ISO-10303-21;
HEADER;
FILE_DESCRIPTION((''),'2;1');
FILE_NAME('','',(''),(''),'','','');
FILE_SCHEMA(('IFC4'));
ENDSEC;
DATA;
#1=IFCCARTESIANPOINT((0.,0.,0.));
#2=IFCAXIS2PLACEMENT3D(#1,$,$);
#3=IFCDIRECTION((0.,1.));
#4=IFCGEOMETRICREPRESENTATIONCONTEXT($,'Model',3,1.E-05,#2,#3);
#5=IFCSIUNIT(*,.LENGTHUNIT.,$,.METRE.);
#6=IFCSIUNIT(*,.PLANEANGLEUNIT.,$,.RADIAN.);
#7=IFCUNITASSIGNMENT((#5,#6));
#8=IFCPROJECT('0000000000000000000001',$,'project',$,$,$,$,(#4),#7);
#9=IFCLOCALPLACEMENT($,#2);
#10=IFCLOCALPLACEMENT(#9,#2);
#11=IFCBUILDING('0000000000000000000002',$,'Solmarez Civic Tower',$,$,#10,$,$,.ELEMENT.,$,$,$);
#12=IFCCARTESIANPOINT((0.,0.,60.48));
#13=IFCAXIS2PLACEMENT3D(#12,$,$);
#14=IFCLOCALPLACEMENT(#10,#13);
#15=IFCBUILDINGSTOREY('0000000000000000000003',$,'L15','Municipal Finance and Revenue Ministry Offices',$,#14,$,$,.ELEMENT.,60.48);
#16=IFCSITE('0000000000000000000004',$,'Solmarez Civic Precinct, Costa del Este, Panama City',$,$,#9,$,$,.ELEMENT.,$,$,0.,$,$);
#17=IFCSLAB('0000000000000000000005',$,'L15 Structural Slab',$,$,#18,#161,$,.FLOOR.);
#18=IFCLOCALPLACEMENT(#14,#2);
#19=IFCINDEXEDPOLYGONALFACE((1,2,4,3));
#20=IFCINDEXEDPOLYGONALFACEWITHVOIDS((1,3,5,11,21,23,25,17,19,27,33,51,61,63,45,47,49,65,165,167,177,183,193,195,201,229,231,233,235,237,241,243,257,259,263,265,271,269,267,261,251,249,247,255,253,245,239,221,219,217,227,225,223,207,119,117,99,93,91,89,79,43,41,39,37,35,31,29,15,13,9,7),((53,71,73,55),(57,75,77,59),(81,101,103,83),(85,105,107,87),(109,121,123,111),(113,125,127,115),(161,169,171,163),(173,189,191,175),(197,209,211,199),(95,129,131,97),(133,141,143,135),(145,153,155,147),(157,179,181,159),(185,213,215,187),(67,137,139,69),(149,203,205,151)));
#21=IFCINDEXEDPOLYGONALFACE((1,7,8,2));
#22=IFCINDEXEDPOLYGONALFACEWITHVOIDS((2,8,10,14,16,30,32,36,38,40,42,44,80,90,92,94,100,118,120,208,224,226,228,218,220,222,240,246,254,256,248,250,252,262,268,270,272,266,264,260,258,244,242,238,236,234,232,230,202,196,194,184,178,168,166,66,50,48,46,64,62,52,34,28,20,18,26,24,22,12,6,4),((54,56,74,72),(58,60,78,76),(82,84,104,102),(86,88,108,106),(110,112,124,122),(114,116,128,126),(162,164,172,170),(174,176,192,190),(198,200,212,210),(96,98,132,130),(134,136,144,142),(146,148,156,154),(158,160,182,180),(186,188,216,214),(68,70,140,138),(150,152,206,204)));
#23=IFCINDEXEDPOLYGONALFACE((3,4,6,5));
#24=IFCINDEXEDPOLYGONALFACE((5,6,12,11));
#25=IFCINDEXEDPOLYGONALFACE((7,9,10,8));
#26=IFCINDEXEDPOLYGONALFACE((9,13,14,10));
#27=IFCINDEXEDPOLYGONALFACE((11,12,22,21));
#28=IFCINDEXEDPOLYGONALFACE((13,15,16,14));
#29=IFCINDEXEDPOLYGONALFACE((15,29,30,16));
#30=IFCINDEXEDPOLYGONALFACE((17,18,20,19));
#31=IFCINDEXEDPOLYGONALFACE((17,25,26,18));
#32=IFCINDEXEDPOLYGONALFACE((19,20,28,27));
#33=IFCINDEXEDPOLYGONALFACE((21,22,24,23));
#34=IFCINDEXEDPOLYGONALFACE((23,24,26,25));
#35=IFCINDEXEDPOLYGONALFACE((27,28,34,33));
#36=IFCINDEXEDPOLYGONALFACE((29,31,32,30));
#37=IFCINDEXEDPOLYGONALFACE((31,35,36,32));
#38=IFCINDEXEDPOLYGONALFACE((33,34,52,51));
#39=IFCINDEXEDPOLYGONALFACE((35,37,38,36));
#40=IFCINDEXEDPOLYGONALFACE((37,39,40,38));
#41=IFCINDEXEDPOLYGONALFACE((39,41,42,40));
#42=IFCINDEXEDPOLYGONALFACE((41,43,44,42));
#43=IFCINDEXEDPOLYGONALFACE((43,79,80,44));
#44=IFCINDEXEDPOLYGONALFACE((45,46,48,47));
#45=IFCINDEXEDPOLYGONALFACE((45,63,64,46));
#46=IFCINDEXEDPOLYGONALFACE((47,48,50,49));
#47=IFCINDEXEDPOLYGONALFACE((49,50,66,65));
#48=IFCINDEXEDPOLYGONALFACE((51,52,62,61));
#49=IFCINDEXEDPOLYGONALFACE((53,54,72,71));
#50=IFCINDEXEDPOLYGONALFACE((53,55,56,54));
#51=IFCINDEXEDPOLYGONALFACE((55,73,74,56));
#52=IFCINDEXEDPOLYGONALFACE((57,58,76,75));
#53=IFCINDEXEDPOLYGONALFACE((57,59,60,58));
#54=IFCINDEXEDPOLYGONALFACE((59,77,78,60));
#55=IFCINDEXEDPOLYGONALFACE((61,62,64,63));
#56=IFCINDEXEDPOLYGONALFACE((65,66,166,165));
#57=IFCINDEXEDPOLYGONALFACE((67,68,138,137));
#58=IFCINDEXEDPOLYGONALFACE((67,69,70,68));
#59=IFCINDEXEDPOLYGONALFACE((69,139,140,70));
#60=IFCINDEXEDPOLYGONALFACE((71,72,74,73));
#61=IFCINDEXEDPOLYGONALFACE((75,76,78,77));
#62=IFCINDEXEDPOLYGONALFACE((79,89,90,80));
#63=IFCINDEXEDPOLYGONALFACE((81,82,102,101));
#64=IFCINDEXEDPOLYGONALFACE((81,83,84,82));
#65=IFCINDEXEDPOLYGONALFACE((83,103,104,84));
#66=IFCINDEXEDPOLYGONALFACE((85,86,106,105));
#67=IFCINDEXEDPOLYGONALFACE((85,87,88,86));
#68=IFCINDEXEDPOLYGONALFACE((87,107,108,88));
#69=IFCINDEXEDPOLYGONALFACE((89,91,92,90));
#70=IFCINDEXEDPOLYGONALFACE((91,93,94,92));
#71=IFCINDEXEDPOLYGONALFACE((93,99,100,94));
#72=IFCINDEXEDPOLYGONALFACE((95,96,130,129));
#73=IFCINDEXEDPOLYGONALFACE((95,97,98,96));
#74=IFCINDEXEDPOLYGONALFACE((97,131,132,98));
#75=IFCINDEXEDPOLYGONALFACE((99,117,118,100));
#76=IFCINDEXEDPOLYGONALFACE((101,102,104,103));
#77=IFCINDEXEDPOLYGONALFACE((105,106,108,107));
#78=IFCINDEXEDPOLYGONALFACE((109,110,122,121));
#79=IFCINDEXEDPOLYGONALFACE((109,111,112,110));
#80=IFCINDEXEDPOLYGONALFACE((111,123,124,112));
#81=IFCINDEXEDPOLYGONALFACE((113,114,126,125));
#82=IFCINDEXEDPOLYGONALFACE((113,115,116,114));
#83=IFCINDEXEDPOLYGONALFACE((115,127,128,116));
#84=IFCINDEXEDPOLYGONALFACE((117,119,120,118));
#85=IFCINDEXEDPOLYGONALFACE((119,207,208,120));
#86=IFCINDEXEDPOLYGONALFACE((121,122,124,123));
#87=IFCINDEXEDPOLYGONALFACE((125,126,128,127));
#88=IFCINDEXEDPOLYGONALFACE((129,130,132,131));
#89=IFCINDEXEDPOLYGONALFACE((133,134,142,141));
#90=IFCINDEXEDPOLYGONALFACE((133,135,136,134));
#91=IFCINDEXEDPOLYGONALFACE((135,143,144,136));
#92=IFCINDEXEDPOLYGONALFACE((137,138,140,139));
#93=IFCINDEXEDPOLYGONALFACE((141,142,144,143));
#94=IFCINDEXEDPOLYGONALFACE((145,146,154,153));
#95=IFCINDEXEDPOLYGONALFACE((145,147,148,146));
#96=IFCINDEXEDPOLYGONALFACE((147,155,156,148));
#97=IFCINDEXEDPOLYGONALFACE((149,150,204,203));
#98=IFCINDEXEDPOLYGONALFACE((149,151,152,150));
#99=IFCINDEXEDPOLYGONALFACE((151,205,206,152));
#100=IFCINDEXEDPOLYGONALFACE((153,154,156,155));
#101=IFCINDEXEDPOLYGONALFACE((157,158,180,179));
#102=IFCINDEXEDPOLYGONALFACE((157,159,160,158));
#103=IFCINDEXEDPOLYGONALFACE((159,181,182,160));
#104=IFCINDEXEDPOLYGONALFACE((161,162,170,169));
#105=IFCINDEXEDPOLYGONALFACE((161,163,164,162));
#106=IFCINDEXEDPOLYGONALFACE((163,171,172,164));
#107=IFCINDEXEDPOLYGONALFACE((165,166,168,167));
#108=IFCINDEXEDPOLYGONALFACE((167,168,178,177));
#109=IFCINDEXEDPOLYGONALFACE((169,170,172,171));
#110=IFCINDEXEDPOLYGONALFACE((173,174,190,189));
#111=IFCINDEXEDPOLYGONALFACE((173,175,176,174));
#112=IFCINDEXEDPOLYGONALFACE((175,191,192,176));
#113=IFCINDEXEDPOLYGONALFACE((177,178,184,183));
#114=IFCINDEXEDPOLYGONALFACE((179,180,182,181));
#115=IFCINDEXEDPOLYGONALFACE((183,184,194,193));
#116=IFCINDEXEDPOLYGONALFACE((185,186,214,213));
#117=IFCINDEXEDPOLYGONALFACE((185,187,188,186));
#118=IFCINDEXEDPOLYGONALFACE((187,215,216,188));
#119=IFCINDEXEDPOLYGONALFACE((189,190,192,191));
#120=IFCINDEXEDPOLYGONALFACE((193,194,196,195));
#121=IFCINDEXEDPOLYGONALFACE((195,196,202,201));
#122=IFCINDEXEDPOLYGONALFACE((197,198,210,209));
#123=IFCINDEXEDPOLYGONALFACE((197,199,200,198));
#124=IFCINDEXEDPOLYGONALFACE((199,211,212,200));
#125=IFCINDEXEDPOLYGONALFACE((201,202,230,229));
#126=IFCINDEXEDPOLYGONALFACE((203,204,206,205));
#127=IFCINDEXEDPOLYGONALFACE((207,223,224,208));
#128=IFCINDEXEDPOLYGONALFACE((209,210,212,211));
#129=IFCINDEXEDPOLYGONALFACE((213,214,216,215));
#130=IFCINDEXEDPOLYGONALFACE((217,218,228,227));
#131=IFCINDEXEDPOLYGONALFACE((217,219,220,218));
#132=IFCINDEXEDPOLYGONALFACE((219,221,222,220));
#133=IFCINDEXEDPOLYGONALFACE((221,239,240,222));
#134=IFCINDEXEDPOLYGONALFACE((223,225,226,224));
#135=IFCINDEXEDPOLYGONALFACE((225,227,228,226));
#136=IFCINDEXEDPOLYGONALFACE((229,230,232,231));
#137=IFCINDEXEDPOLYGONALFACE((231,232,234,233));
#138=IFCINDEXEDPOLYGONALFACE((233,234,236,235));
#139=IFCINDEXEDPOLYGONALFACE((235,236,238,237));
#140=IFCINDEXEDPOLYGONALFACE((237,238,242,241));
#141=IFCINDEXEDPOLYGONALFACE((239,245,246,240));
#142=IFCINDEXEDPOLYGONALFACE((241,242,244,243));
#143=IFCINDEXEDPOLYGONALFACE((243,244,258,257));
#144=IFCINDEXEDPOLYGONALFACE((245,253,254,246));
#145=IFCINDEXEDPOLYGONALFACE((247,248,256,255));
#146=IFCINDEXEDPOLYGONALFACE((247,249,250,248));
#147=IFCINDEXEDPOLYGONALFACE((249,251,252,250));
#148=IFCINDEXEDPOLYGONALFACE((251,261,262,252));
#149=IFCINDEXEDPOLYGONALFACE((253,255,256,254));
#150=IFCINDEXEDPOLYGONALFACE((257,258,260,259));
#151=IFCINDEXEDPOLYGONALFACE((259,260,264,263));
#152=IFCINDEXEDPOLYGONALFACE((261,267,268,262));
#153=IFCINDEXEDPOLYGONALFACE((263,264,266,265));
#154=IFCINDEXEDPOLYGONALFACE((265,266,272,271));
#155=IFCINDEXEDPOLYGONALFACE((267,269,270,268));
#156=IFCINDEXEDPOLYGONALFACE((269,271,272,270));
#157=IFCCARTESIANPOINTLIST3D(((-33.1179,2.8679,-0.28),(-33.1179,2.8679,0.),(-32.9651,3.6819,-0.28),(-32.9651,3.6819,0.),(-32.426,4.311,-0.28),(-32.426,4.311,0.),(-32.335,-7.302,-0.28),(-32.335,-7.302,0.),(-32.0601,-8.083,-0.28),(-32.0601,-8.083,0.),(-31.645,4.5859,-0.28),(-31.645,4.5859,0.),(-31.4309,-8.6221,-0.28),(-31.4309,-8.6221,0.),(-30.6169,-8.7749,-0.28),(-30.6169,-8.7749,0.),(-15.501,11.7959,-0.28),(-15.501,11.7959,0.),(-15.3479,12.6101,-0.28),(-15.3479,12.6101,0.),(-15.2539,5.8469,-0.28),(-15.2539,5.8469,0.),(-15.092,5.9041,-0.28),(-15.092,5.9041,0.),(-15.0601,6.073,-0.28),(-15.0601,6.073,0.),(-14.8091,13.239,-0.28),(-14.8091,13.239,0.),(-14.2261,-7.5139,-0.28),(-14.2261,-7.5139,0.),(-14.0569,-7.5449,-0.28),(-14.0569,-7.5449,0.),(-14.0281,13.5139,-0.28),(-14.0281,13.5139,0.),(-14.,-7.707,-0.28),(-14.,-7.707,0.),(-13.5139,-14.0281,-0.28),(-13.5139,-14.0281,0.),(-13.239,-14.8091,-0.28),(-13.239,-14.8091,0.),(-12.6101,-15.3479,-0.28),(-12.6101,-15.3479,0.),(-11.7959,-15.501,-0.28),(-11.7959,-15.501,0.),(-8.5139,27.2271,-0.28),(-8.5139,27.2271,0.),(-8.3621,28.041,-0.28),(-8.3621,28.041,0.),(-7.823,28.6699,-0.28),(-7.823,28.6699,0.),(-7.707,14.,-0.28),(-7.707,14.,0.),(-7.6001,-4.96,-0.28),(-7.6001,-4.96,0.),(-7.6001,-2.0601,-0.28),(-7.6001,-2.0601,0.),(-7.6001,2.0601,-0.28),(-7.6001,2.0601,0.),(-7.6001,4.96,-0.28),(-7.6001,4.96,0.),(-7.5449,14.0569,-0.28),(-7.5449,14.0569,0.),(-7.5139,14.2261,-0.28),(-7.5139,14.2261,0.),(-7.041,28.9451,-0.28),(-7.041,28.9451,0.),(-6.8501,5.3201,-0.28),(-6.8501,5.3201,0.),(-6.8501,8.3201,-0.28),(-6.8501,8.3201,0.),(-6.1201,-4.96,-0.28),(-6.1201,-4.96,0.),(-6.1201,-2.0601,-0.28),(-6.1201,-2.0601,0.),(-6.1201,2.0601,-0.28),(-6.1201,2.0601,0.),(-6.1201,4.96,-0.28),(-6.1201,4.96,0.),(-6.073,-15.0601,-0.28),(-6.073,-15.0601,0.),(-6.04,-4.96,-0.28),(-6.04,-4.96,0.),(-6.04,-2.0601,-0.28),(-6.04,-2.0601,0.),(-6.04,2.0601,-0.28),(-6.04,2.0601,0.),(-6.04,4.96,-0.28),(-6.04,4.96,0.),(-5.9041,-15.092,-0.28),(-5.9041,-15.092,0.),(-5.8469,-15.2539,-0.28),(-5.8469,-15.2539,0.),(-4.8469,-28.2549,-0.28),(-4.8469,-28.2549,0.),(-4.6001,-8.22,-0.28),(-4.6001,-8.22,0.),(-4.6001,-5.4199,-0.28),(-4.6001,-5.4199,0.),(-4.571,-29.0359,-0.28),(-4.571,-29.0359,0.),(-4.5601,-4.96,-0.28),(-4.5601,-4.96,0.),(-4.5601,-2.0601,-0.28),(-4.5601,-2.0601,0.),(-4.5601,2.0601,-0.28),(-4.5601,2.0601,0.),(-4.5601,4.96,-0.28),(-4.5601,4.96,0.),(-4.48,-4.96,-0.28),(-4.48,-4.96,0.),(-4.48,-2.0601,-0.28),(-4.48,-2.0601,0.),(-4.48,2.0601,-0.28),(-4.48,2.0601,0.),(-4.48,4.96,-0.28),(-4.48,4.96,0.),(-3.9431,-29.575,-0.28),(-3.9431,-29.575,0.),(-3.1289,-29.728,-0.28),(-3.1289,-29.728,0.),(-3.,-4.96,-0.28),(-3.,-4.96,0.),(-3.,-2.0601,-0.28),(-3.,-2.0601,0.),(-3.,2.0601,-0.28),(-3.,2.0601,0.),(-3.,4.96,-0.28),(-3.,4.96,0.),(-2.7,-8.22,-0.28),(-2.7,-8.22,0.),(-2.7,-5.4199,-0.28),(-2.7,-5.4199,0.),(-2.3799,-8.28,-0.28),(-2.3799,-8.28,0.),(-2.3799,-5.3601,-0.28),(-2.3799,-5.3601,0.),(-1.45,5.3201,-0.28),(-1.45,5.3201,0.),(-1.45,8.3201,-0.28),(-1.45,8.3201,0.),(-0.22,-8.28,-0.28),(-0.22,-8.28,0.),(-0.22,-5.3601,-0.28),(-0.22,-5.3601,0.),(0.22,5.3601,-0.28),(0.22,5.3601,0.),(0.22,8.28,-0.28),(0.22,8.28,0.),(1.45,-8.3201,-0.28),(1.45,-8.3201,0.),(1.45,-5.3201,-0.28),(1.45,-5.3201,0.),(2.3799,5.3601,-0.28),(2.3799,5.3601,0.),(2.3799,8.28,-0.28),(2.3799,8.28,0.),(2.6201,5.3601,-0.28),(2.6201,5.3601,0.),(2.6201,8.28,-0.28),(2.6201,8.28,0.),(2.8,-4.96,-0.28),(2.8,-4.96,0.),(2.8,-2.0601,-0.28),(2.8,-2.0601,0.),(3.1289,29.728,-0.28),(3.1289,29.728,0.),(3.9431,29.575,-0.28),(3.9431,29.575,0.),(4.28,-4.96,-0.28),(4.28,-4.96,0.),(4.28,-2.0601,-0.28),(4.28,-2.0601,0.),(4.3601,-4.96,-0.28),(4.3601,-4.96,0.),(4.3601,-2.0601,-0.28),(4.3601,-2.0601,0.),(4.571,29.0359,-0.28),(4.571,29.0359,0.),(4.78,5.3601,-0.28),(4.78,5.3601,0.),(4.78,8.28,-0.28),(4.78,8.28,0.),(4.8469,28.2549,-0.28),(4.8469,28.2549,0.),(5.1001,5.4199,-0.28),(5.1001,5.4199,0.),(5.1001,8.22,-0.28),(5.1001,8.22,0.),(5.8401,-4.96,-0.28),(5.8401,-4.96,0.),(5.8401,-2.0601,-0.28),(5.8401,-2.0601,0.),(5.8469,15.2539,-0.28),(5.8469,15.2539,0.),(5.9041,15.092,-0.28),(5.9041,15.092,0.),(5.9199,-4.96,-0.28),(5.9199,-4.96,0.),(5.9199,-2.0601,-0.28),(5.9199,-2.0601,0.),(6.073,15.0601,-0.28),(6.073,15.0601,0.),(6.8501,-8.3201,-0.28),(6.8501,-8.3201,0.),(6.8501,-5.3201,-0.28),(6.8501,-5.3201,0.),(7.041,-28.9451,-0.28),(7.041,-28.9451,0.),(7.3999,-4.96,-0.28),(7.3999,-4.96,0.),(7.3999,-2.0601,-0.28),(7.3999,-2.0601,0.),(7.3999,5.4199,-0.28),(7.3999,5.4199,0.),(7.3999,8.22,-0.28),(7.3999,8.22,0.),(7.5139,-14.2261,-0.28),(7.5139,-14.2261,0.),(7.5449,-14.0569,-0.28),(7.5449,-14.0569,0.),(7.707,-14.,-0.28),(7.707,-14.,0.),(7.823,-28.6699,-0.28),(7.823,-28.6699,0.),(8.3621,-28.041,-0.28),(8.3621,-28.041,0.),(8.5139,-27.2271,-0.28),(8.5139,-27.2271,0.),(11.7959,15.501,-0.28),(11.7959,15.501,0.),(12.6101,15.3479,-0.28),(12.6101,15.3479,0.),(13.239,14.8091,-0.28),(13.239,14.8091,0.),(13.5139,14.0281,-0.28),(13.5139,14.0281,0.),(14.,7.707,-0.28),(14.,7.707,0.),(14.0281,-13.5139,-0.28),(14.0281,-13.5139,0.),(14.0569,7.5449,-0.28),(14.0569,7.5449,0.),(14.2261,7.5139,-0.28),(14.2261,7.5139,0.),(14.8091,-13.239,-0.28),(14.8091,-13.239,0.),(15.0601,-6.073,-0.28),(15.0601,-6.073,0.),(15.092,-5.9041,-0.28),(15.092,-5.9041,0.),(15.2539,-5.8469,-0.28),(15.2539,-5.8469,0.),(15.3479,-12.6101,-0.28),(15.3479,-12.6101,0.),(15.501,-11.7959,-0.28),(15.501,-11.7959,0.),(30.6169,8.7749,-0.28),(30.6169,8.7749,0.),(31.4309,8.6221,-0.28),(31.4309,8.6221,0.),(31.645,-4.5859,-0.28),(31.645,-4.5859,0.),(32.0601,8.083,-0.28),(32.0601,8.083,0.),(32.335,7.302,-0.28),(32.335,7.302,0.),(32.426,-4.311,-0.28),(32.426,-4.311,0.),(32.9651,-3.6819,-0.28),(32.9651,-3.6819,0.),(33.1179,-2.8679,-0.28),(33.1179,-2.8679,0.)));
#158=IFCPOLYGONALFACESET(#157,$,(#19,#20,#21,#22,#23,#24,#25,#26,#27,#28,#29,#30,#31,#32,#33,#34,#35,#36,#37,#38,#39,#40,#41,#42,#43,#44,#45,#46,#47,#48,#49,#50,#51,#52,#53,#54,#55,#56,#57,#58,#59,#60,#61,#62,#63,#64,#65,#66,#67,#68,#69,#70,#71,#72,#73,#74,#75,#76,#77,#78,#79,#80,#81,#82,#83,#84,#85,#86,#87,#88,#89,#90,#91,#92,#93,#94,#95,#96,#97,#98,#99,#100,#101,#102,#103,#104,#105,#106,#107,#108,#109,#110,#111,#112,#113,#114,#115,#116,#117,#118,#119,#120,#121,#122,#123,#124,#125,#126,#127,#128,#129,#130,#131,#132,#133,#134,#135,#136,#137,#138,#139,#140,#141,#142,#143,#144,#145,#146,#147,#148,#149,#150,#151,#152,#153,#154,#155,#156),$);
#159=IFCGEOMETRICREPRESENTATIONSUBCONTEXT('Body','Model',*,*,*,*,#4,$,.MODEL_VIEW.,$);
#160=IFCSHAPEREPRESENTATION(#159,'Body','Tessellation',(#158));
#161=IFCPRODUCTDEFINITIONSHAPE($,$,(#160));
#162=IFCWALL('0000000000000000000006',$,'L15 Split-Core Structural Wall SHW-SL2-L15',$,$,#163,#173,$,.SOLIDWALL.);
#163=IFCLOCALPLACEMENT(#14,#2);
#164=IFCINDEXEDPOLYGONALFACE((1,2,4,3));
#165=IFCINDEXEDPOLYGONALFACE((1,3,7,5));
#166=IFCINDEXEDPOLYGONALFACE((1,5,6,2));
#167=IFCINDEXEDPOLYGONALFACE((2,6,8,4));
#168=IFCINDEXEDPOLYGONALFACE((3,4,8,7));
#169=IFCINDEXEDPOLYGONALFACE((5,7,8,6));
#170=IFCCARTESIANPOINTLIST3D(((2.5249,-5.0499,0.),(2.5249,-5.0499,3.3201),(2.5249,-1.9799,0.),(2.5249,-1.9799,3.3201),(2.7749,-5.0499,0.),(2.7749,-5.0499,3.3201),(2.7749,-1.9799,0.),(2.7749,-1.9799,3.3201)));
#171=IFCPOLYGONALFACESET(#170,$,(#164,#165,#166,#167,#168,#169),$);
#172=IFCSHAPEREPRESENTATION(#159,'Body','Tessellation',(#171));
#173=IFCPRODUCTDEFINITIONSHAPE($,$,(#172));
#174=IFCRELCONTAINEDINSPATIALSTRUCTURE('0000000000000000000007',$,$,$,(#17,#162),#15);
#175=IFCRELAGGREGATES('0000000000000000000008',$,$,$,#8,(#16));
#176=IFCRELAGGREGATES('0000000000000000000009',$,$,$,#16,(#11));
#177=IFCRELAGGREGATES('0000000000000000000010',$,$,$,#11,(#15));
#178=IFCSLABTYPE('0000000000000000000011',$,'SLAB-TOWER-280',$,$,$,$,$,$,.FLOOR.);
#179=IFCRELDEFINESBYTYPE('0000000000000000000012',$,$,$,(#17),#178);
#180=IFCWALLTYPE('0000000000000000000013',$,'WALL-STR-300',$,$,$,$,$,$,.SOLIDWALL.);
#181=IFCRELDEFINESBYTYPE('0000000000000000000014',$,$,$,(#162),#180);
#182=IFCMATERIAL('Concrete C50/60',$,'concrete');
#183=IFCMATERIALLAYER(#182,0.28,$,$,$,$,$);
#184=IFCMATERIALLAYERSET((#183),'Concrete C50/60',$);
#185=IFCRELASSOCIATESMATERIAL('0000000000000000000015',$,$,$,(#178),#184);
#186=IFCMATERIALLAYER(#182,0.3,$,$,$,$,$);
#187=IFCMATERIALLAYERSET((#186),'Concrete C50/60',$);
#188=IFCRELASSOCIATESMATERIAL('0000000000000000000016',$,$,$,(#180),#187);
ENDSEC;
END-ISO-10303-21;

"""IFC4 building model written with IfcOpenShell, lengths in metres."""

from ifc_helpers import new_model, si_unit, direction, frame, frame_2d, origin, place, context, subcontext, project, spatial, polyline, rectangle, outline, extrude, material, layer, layer_set, type_object, element, save


model = new_model("IFC4")

# Units and contexts
model_context = context("Model", 3, precision=1e-05, world=origin(), true_north=direction((0.0, 1.0)))
body_context = subcontext(model_context, "Body", "Model", "MODEL_VIEW")
ifc_project = project(units=[si_unit("LENGTHUNIT", "METRE"), si_unit("PLANEANGLEUNIT", "RADIAN")], contexts=[model_context])

# Site, building, storey
site_placement = place(None, origin())
site = spatial("IfcSite", under=ifc_project, at=site_placement, Name="Solmarez Civic Precinct, Costa del Este, Panama City", CompositionType="ELEMENT", RefElevation=0.0)
building_placement = place(site_placement, origin())
building = spatial("IfcBuilding", under=site, at=building_placement, Name="Solmarez Civic Tower", CompositionType="ELEMENT")
storey_placement = place(building_placement, frame((0.0, 0.0, 60.48)))
storey = spatial("IfcBuildingStorey", under=building, at=storey_placement, Name="L15", Description="Municipal Finance and Revenue Ministry Offices", CompositionType="ELEMENT", Elevation=60.48)

# Shared definitions
ifc_material_1 = material(Name="Concrete C50/60", Category="concrete")

# Slab
ifc_layer_1 = layer(ifc_material_1, 0.28)
ifc_layer_set_1 = layer_set([ifc_layer_1], Name="Concrete C50/60")
slab_type_1 = type_object("IfcSlabType", Name="SLAB-TOWER-280", PredefinedType="FLOOR", material=ifc_layer_set_1)
slab_1_placement = place(storey_placement, frame((0.0, 0.0, -0.28)))
element("IfcSlab", 1, at=slab_1_placement, inside=storey, type_object=slab_type_1, Name="L15 Structural Slab", PredefinedType="FLOOR", context=body_context, shape_type="SweptSolid", body=[
    extrude(outline(polyline([(-14.0, -7.707), (-13.5139, -14.0281), (-13.239, -14.8091), (-12.6101, -15.3479), (-11.7959, -15.501), (-6.073, -15.0601), (-5.9041, -15.092), (-5.8469, -15.2539), (-4.8469, -28.2549), (-4.571, -29.0359), (-3.9431, -29.575), (-3.1289, -29.728), (7.041, -28.9451), (7.823, -28.6699), (8.3621, -28.041), (8.5139, -27.2271), (7.5139, -14.2261), (7.5449, -14.0569), (7.707, -14.0), (14.0281, -13.5139), (14.8091, -13.239), (15.3479, -12.6101), (15.501, -11.7959), (15.0601, -6.073), (15.092, -5.9041), (15.2539, -5.8469), (31.645, -4.5859), (32.426, -4.311), (32.9651, -3.6819), (33.1179, -2.8679), (32.335, 7.302), (32.0601, 8.083), (31.4309, 8.6221), (30.6169, 8.7749), (14.2261, 7.5139), (14.0569, 7.5449), (14.0, 7.707), (13.5139, 14.0281), (13.239, 14.8091), (12.6101, 15.3479), (11.7959, 15.501), (6.073, 15.0601), (5.9041, 15.092), (5.8469, 15.2539), (4.8469, 28.2549), (4.571, 29.0359), (3.9431, 29.575), (3.1289, 29.728), (-7.041, 28.9451), (-7.823, 28.6699), (-8.3621, 28.041), (-8.5139, 27.2271), (-7.5139, 14.2261), (-7.5449, 14.0569), (-7.707, 14.0), (-14.0281, 13.5139), (-14.8091, 13.239), (-15.3479, 12.6101), (-15.501, 11.7959), (-15.0601, 6.073), (-15.092, 5.9041), (-15.2539, 5.8469), (-31.645, 4.5859), (-32.426, 4.311), (-32.9651, 3.6819), (-33.1179, 2.8679), (-32.335, -7.302), (-32.0601, -8.083), (-31.4309, -8.6221), (-30.6169, -8.7749), (-14.2261, -7.5139), (-14.0569, -7.5449), (-14.0, -7.707)]), holes=[polyline([(-1.45, 8.3201), (-6.8501, 8.3201), (-6.8501, 5.3201), (-1.45, 5.3201), (-1.45, 8.3201)]), polyline([(1.45, -8.3201), (6.8501, -8.3201), (6.8501, -5.3201), (1.45, -5.3201), (1.45, -8.3201)]), polyline([(0.22, 5.3601), (2.3799, 5.3601), (2.3799, 8.28), (0.22, 8.28), (0.22, 5.3601)]), polyline([(2.6201, 5.3601), (4.78, 5.3601), (4.78, 8.28), (2.6201, 8.28), (2.6201, 5.3601)]), polyline([(-2.3799, -8.28), (-0.22, -8.28), (-0.22, -5.3601), (-2.3799, -5.3601), (-2.3799, -8.28)]), polyline([(2.8, -4.96), (4.28, -4.96), (4.28, -2.0601), (2.8, -2.0601), (2.8, -4.96)]), polyline([(4.3601, -4.96), (5.8401, -4.96), (5.8401, -2.0601), (4.3601, -2.0601), (4.3601, -4.96)]), polyline([(5.9199, -4.96), (7.3999, -4.96), (7.3999, -2.0601), (5.9199, -2.0601), (5.9199, -4.96)]), polyline([(-7.6001, -4.96), (-6.1201, -4.96), (-6.1201, -2.0601), (-7.6001, -2.0601), (-7.6001, -4.96)]), polyline([(-6.04, -4.96), (-4.5601, -4.96), (-4.5601, -2.0601), (-6.04, -2.0601), (-6.04, -4.96)]), polyline([(-4.48, -4.96), (-3.0, -4.96), (-3.0, -2.0601), (-4.48, -2.0601), (-4.48, -4.96)]), polyline([(-7.6001, 2.0601), (-6.1201, 2.0601), (-6.1201, 4.96), (-7.6001, 4.96), (-7.6001, 2.0601)]), polyline([(-6.04, 2.0601), (-4.5601, 2.0601), (-4.5601, 4.96), (-6.04, 4.96), (-6.04, 2.0601)]), polyline([(-4.48, 2.0601), (-3.0, 2.0601), (-3.0, 4.96), (-4.48, 4.96), (-4.48, 2.0601)]), polyline([(5.1001, 5.4199), (7.3999, 5.4199), (7.3999, 8.22), (5.1001, 8.22), (5.1001, 5.4199)]), polyline([(-4.6001, -8.22), (-2.7, -8.22), (-2.7, -5.4199), (-4.6001, -5.4199), (-4.6001, -8.22)])]), origin(), (0.0, 0.0, 1.0), 0.28),
])

# Wall
ifc_layer_2 = layer(ifc_material_1, 0.3)
ifc_layer_set_2 = layer_set([ifc_layer_2], Name="Concrete C50/60")
wall_type = type_object("IfcWallType", Name="WALL-STR-300", PredefinedType="SOLIDWALL", material=ifc_layer_set_2)
wall_placement = place(storey_placement, frame((2.6499, -5.05, 0.0), z_axis=(0.0, 0.0, 1.0), x_axis=(0.0, 1.0, 0.0)))
element("IfcWall", 2, at=wall_placement, inside=storey, type_object=wall_type, Name="L15 Split-Core Structural Wall SHW-SL2-L15", PredefinedType="SOLIDWALL", context=body_context, shape_type="SweptSolid", body=[
    extrude(rectangle(XDim=3.0701, YDim=0.25, at=frame_2d((1.5352, 0.0))), origin(), (0.0, 0.0, 1.0), 3.3201),
])

save(model, "model.ifc")
